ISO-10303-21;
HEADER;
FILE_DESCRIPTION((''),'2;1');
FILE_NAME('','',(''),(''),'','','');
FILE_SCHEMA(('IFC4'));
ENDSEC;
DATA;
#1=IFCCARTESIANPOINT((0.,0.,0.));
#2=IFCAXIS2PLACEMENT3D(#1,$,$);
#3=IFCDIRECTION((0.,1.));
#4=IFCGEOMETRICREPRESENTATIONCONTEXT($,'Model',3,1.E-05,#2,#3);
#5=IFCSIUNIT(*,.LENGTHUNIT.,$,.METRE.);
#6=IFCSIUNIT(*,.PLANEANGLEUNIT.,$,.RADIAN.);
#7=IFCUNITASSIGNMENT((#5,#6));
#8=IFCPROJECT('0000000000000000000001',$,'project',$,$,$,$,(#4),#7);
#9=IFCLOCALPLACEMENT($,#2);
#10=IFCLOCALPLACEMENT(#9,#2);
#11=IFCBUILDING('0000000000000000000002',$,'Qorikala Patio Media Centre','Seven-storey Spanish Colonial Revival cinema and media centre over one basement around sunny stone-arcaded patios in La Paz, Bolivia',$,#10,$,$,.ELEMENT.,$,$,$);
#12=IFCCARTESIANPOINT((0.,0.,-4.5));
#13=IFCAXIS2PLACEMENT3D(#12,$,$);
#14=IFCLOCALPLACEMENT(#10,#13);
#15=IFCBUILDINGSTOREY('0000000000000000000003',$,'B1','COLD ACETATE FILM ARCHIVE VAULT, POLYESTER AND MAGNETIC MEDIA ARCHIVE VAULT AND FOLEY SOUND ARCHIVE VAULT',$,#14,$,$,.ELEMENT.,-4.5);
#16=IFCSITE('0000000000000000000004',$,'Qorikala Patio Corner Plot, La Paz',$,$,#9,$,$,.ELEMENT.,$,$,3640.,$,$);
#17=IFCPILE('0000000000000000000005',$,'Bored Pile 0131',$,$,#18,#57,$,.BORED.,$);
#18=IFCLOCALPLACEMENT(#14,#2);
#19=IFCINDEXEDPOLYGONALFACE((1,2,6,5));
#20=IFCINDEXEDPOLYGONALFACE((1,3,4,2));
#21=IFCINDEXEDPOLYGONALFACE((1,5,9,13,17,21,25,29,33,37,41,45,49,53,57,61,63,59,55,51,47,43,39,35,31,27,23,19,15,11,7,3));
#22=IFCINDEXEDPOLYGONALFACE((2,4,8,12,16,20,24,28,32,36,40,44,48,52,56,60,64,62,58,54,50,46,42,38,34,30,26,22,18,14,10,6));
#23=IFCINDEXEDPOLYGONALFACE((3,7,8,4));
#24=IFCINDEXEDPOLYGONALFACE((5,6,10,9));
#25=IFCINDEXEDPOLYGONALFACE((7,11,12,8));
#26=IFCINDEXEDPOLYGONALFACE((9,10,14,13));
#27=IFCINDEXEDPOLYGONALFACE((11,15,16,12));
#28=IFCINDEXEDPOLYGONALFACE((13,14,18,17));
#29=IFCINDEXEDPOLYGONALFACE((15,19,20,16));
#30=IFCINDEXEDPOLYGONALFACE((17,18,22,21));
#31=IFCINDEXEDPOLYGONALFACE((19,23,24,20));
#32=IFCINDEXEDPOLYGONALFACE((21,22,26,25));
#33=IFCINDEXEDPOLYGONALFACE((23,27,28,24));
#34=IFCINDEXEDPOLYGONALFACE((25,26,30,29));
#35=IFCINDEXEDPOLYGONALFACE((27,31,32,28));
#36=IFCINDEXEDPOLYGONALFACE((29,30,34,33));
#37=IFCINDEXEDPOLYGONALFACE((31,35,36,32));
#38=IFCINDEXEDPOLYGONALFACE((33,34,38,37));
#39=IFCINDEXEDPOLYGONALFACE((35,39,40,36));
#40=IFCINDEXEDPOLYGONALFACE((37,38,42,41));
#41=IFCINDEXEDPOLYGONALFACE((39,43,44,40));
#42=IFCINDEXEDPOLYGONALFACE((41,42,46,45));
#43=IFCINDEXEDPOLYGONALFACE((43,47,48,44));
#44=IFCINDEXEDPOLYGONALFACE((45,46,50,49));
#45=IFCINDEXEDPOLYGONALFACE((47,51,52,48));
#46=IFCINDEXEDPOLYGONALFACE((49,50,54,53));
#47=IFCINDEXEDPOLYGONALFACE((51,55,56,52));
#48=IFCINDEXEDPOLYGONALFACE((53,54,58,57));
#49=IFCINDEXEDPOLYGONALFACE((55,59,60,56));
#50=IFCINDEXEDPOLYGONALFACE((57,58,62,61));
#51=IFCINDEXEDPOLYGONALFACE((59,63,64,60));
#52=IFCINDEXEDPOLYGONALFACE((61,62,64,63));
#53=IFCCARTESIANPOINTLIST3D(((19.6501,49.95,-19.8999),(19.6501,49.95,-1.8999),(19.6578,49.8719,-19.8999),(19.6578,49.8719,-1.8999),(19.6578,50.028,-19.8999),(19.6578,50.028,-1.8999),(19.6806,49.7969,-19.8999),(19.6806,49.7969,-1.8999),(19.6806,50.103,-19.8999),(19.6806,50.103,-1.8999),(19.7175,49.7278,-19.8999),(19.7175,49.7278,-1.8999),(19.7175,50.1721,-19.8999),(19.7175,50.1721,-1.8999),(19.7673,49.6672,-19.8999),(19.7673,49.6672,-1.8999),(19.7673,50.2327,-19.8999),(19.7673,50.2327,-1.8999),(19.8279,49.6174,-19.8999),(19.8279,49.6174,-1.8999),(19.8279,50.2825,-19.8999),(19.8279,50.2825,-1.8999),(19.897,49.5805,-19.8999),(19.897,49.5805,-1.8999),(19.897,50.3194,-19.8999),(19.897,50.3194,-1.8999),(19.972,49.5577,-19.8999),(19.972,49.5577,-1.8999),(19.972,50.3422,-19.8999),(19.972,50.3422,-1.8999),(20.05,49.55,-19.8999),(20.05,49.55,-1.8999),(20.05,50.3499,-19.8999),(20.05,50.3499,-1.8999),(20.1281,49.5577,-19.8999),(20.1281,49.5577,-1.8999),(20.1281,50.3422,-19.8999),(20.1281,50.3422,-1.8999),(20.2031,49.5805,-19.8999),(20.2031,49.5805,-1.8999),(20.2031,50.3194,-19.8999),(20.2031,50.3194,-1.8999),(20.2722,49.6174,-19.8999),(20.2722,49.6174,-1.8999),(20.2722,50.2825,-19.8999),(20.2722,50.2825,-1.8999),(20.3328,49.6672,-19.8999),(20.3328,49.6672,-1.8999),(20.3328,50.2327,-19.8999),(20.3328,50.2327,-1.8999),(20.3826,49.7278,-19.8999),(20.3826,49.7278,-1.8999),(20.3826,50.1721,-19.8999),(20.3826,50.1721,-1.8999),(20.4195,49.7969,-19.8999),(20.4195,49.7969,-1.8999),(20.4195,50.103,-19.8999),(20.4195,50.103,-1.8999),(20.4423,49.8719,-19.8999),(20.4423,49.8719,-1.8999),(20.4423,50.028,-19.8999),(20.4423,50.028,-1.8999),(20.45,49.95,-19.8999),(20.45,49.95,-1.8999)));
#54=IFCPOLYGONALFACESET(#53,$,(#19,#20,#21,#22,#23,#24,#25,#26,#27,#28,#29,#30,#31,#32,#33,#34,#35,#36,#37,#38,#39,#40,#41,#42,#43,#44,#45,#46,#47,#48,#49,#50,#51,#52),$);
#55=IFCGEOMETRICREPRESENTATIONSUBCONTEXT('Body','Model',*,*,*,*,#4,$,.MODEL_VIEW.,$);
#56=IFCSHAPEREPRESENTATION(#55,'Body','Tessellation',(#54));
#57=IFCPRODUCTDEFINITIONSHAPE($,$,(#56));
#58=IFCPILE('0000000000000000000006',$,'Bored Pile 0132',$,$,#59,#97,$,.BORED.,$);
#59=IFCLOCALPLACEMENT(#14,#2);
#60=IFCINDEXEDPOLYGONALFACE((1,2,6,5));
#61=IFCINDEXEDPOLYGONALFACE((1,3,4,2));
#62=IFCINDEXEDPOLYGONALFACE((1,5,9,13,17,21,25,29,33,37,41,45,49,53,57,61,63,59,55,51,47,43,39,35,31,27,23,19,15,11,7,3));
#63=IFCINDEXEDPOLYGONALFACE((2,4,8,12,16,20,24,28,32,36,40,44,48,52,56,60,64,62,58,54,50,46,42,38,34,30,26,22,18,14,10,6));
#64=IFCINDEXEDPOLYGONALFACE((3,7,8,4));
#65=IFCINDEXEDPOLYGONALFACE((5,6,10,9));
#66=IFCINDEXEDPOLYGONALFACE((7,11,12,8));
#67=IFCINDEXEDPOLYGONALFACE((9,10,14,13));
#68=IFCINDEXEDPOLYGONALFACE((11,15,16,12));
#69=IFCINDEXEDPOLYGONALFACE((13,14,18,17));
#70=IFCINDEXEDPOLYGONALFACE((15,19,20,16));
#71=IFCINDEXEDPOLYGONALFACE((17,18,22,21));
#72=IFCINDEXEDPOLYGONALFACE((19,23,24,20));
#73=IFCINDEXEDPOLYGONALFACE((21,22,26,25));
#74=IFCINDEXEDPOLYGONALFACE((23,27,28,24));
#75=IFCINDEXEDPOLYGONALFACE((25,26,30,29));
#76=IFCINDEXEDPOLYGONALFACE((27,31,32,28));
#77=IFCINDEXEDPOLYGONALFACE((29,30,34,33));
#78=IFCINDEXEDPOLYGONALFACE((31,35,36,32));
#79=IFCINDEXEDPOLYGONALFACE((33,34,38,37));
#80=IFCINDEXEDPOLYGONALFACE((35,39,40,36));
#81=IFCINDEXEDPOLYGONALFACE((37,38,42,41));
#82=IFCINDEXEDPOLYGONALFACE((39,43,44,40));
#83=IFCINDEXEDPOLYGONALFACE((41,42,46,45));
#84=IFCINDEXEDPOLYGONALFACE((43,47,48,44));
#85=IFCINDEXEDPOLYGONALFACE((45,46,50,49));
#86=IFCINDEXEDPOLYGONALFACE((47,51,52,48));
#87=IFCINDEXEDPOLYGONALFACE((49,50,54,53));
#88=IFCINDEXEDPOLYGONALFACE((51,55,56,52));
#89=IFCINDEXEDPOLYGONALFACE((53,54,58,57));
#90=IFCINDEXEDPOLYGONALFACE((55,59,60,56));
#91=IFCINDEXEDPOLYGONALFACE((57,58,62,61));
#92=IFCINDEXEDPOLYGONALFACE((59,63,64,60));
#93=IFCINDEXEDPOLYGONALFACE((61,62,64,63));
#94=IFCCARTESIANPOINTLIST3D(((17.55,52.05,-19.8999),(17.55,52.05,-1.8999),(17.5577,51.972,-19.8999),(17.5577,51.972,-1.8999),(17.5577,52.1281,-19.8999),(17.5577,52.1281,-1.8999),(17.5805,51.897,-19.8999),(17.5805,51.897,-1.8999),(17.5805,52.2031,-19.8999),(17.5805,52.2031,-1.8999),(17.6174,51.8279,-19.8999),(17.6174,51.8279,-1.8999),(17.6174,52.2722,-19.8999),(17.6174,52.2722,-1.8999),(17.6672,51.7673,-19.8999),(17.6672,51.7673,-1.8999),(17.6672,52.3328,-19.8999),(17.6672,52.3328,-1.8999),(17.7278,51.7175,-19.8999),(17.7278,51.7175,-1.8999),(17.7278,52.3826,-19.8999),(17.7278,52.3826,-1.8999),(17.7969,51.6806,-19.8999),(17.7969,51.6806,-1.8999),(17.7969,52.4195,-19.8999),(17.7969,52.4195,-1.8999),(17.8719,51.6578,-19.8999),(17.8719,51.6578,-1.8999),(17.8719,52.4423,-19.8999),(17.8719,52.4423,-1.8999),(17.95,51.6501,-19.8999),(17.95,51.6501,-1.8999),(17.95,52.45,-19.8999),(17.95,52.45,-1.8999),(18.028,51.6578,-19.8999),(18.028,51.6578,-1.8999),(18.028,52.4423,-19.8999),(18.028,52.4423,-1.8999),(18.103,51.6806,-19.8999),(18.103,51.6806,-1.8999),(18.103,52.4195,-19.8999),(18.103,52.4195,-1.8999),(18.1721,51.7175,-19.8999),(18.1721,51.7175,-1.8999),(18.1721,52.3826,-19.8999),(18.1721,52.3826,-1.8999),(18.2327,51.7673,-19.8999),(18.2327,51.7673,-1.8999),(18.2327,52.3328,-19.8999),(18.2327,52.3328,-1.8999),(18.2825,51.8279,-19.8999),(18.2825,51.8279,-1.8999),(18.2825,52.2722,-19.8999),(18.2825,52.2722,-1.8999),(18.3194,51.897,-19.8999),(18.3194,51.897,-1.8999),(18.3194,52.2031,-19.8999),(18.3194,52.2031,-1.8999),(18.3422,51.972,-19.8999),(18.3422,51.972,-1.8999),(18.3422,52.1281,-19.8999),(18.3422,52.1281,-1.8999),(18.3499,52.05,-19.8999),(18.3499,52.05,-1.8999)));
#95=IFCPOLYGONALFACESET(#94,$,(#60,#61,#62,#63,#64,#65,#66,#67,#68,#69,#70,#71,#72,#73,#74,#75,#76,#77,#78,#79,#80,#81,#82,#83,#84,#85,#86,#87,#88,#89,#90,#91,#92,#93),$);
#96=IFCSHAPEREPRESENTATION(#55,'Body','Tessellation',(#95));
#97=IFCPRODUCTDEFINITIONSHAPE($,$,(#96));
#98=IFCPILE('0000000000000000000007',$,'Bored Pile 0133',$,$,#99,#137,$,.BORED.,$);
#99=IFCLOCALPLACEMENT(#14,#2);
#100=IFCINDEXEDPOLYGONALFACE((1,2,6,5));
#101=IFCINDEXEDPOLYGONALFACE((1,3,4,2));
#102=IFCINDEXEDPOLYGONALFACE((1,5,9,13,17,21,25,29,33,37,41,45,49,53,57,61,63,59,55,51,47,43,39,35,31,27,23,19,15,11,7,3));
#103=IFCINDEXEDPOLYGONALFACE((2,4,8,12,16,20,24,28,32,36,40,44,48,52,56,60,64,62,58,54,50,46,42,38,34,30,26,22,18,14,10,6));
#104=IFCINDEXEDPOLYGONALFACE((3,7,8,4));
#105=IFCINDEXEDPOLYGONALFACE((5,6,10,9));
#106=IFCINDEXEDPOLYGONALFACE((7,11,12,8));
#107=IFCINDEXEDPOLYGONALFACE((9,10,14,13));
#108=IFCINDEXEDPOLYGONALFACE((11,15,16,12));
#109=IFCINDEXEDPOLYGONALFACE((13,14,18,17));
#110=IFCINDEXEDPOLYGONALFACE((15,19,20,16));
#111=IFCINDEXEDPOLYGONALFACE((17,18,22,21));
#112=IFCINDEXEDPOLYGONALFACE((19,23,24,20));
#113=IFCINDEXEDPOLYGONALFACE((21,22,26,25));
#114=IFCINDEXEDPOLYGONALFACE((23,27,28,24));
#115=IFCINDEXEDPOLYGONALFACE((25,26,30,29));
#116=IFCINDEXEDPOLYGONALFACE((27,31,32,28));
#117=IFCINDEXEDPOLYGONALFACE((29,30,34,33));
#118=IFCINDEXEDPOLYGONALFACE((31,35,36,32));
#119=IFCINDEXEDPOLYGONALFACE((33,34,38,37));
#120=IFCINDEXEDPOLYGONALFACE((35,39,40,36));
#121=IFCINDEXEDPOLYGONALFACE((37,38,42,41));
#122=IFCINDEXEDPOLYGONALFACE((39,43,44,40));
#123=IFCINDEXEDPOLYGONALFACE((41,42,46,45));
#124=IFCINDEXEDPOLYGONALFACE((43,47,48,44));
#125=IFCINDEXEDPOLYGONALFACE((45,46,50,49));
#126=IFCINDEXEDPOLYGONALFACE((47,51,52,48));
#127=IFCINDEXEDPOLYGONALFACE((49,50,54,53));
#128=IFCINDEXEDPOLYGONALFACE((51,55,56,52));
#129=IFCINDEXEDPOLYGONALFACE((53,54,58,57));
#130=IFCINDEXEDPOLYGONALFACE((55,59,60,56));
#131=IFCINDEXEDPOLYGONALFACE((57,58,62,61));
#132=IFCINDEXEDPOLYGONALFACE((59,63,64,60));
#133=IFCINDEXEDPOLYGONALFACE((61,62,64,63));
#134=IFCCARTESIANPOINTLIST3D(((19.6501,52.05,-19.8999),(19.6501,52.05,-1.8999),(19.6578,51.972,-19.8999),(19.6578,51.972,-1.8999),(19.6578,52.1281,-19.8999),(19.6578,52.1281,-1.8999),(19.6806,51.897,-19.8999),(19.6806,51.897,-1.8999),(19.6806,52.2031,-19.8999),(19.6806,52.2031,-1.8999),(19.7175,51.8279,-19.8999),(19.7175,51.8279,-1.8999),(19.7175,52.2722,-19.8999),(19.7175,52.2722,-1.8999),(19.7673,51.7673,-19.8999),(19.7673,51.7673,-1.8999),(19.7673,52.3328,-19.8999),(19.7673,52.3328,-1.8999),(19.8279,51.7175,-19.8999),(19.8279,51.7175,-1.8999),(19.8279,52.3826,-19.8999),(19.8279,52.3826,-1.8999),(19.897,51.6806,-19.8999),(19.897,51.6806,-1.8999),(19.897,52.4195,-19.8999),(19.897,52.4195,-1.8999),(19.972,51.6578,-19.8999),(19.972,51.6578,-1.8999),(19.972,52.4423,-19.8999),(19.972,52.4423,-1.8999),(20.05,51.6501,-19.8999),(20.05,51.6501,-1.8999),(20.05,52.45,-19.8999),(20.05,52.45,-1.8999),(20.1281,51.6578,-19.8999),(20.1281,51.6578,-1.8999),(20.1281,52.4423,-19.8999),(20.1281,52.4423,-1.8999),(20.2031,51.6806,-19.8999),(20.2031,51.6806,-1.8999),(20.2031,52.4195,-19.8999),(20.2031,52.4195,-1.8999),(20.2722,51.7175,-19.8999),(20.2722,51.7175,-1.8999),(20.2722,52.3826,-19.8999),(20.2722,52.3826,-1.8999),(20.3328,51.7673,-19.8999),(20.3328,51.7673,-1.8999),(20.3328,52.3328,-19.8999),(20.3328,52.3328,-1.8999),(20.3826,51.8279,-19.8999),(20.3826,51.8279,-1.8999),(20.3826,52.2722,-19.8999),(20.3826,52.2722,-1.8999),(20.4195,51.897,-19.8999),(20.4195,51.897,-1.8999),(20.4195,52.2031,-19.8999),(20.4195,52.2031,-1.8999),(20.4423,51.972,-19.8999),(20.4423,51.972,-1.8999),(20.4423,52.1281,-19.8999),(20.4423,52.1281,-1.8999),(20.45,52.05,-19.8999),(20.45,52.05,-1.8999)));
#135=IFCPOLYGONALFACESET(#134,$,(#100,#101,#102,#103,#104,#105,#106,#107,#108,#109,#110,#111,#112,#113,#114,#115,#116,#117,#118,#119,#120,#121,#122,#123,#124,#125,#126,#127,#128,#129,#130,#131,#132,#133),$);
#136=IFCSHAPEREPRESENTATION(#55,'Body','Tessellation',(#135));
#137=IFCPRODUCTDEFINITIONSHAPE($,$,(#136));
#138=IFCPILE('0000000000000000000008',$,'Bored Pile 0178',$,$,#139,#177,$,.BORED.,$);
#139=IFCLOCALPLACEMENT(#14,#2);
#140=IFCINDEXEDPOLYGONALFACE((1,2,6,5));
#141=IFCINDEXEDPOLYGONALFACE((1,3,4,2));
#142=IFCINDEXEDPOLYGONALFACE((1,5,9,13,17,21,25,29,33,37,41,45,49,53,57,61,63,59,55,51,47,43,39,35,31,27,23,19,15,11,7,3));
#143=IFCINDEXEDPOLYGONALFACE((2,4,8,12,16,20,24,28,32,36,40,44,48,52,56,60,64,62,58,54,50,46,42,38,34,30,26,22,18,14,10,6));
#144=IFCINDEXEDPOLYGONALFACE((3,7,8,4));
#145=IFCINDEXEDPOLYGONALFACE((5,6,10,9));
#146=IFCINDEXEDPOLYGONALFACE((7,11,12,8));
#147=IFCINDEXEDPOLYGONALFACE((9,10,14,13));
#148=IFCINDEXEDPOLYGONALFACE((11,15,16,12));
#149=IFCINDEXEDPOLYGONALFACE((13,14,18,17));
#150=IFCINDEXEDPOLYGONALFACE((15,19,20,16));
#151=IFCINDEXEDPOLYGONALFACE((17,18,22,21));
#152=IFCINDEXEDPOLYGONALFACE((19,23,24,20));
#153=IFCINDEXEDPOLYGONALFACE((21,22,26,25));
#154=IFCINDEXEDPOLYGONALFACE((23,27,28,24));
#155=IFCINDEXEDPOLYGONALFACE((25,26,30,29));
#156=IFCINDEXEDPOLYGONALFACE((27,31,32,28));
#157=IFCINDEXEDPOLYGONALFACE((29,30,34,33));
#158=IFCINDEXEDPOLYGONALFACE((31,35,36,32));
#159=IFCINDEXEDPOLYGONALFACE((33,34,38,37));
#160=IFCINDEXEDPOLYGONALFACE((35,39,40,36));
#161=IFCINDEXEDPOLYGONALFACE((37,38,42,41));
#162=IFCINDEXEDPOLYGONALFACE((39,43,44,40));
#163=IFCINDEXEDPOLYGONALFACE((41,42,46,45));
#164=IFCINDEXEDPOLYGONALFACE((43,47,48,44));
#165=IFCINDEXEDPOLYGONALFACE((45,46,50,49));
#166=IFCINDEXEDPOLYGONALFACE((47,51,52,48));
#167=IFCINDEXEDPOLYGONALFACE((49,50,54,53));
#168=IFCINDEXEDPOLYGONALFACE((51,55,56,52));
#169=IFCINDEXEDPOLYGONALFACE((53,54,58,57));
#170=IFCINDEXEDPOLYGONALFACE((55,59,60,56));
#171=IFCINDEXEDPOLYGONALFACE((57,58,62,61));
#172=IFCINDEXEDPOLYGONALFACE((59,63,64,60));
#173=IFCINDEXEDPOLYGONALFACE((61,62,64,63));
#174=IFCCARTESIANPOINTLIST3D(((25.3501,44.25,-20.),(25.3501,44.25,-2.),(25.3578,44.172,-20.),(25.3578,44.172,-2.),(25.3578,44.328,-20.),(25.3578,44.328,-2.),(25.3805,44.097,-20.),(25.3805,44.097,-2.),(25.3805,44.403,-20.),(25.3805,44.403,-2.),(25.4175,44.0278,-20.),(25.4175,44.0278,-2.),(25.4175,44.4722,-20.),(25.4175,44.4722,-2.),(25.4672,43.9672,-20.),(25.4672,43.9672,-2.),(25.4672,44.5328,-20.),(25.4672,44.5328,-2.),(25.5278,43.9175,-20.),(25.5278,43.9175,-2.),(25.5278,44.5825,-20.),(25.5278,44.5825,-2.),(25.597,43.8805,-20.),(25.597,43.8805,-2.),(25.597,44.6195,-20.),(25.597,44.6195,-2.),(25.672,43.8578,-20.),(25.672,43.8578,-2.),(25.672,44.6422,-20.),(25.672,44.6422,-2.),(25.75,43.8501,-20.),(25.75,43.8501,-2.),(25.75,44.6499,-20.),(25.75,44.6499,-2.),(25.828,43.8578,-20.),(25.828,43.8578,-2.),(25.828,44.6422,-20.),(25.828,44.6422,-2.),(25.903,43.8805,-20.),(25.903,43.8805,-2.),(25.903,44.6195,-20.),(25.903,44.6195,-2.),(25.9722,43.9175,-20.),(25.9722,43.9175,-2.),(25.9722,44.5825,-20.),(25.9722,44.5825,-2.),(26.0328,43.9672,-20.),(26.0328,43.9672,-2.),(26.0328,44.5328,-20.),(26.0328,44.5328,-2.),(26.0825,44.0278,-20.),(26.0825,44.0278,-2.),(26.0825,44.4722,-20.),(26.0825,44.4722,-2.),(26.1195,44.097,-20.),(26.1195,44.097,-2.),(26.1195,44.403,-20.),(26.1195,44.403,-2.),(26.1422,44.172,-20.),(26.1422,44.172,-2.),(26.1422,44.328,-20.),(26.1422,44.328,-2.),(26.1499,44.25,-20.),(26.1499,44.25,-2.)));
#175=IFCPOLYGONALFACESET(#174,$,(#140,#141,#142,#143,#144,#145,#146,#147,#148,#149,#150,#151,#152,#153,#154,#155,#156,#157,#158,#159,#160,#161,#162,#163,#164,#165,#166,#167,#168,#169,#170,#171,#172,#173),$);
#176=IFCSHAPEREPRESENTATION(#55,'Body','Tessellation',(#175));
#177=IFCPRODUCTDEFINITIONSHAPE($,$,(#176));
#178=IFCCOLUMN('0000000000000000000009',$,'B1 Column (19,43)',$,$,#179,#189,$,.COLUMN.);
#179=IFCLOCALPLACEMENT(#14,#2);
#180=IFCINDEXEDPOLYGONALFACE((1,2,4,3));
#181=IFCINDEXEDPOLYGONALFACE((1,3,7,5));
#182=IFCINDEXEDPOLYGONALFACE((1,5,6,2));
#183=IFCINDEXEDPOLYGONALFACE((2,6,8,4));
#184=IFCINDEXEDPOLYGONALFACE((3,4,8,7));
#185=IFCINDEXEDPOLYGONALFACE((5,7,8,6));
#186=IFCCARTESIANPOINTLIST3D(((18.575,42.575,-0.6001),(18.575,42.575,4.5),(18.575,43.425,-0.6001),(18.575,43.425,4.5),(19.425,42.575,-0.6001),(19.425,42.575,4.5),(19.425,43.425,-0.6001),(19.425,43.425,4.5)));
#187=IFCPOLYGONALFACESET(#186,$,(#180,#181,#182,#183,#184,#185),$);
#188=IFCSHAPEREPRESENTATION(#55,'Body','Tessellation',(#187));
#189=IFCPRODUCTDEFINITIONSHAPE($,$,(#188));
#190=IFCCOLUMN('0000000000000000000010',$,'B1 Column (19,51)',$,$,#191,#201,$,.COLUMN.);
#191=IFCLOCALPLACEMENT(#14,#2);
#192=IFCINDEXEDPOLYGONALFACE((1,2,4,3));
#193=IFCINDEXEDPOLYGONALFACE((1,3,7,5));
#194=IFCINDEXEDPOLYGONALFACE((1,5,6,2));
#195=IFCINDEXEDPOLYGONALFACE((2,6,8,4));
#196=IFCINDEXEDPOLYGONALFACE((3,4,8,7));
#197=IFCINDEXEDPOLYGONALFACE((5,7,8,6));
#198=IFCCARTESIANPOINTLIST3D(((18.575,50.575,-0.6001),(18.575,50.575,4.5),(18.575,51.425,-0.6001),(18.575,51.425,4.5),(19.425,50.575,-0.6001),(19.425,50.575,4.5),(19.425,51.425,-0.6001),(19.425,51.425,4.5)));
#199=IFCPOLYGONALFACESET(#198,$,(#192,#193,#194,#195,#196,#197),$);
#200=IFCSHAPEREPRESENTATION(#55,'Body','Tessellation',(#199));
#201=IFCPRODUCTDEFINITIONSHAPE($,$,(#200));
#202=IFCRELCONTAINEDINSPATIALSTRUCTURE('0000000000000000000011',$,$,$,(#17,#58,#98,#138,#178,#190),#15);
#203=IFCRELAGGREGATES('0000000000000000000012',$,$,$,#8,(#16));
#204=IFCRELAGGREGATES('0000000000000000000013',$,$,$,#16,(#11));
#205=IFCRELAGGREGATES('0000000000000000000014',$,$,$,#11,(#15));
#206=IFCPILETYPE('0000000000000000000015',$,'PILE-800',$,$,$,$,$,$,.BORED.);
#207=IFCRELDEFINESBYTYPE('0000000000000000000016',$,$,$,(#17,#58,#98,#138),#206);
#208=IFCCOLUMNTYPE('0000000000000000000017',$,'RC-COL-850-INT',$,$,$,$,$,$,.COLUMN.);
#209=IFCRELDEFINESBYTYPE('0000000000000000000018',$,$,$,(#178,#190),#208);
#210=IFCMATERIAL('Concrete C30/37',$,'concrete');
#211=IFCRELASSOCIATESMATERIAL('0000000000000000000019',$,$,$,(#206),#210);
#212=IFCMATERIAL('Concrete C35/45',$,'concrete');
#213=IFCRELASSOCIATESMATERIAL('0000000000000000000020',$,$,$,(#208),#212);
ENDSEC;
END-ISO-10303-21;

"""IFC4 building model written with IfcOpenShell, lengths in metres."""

from ifc_helpers import new_model, si_unit, direction, frame, origin, origin_2d, place, context, subcontext, project, spatial, rectangle, circle, extrude, material, material_profile, profile_set, type_object, element, save


model = new_model("IFC4")

# Units and contexts
model_context = context("Model", 3, precision=1e-05, world=origin(), true_north=direction((0.0, 1.0)))
body_context = subcontext(model_context, "Body", "Model", "MODEL_VIEW")
ifc_project = project(units=[si_unit("LENGTHUNIT", "METRE"), si_unit("PLANEANGLEUNIT", "RADIAN")], contexts=[model_context])

# Site, building, storey
site_placement = place(None, origin())
site = spatial("IfcSite", under=ifc_project, at=site_placement, Name="Qorikala Patio Corner Plot, La Paz", CompositionType="ELEMENT", RefElevation=3640.0)
building_placement = place(site_placement, origin())
building = spatial("IfcBuilding", under=site, at=building_placement, Name="Qorikala Patio Media Centre", Description="Seven-storey Spanish Colonial Revival cinema and media centre over one basement around sunny stone-arcaded patios in La Paz, Bolivia", CompositionType="ELEMENT")
storey_placement = place(building_placement, frame((0.0, 0.0, -4.5)))
storey = spatial("IfcBuildingStorey", under=building, at=storey_placement, Name="B1", Description="COLD ACETATE FILM ARCHIVE VAULT, POLYESTER AND MAGNETIC MEDIA ARCHIVE VAULT AND FOLEY SOUND ARCHIVE VAULT", CompositionType="ELEMENT", Elevation=-4.5)

# Shared definitions
ifc_material_1 = material(Name="Concrete C30/37", Category="concrete")

# Piles
ifc_material_profile_1 = material_profile(ifc_material_1, circle(Radius=0.3999, at=origin_2d()), Name="BORED PILE 800")
ifc_profile_set_1 = profile_set([ifc_material_profile_1], Name="Concrete C30/37")
pile_type_1 = type_object("IfcPileType", Name="PILE-800", PredefinedType="BORED", material=ifc_profile_set_1)
for number, where, z_axis, x_axis, name in (
    (1, (20.05, 49.95, -1.8999), (0.0, 0.0, -1.0), (1.0, 0.0, 0.0), "Bored Pile 0131"),
    (2, (17.95, 52.05, -1.8999), (0.0, 0.0, -1.0), (1.0, 0.0, 0.0), "Bored Pile 0132"),
    (3, (20.05, 52.05, -1.8999), (0.0, 0.0, -1.0), (1.0, 0.0, 0.0), "Bored Pile 0133"),
    (4, (25.75, 44.25, -2.0), (0.0, 0.0, -1.0), (1.0, 0.0, 0.0), "Bored Pile 0178"),
):
    element("IfcPile", number, at=place(storey_placement, frame(where, z_axis=z_axis, x_axis=x_axis)), inside=storey, type_object=pile_type_1, Name=name, PredefinedType="BORED", context=body_context, shape_type="SweptSolid", body=[
        extrude(circle(Radius=0.3999, at=origin_2d()), origin(), (0.0, 0.0, 1.0), 18.0),
    ])

# Columns
ifc_material_2 = material(Name="Concrete C35/45", Category="concrete")
ifc_material_profile_2 = material_profile(ifc_material_2, rectangle(XDim=0.8501, YDim=0.8501, at=origin_2d()), Name="RC 850x850")
ifc_profile_set_2 = profile_set([ifc_material_profile_2], Name="Concrete C35/45")
column_type_1 = type_object("IfcColumnType", Name="RC-COL-850-INT", PredefinedType="COLUMN", material=ifc_profile_set_2)
for number, where, z_axis, x_axis, name in (
    (5, (19.0, 43.0, -0.6001), (0.0, 0.0, 1.0), (1.0, 0.0, 0.0), "B1 Column (19,43)"),
    (6, (19.0, 51.0, -0.6001), (0.0, 0.0, 1.0), (1.0, 0.0, 0.0), "B1 Column (19,51)"),
):
    element("IfcColumn", number, at=place(storey_placement, frame(where, z_axis=z_axis, x_axis=x_axis)), inside=storey, type_object=column_type_1, Name=name, PredefinedType="COLUMN", context=body_context, shape_type="SweptSolid", body=[
        extrude(rectangle(XDim=0.8501, YDim=0.8501, at=origin_2d()), origin(), (0.0, 0.0, 1.0), 5.1001),
    ])

save(model, "model.ifc")
